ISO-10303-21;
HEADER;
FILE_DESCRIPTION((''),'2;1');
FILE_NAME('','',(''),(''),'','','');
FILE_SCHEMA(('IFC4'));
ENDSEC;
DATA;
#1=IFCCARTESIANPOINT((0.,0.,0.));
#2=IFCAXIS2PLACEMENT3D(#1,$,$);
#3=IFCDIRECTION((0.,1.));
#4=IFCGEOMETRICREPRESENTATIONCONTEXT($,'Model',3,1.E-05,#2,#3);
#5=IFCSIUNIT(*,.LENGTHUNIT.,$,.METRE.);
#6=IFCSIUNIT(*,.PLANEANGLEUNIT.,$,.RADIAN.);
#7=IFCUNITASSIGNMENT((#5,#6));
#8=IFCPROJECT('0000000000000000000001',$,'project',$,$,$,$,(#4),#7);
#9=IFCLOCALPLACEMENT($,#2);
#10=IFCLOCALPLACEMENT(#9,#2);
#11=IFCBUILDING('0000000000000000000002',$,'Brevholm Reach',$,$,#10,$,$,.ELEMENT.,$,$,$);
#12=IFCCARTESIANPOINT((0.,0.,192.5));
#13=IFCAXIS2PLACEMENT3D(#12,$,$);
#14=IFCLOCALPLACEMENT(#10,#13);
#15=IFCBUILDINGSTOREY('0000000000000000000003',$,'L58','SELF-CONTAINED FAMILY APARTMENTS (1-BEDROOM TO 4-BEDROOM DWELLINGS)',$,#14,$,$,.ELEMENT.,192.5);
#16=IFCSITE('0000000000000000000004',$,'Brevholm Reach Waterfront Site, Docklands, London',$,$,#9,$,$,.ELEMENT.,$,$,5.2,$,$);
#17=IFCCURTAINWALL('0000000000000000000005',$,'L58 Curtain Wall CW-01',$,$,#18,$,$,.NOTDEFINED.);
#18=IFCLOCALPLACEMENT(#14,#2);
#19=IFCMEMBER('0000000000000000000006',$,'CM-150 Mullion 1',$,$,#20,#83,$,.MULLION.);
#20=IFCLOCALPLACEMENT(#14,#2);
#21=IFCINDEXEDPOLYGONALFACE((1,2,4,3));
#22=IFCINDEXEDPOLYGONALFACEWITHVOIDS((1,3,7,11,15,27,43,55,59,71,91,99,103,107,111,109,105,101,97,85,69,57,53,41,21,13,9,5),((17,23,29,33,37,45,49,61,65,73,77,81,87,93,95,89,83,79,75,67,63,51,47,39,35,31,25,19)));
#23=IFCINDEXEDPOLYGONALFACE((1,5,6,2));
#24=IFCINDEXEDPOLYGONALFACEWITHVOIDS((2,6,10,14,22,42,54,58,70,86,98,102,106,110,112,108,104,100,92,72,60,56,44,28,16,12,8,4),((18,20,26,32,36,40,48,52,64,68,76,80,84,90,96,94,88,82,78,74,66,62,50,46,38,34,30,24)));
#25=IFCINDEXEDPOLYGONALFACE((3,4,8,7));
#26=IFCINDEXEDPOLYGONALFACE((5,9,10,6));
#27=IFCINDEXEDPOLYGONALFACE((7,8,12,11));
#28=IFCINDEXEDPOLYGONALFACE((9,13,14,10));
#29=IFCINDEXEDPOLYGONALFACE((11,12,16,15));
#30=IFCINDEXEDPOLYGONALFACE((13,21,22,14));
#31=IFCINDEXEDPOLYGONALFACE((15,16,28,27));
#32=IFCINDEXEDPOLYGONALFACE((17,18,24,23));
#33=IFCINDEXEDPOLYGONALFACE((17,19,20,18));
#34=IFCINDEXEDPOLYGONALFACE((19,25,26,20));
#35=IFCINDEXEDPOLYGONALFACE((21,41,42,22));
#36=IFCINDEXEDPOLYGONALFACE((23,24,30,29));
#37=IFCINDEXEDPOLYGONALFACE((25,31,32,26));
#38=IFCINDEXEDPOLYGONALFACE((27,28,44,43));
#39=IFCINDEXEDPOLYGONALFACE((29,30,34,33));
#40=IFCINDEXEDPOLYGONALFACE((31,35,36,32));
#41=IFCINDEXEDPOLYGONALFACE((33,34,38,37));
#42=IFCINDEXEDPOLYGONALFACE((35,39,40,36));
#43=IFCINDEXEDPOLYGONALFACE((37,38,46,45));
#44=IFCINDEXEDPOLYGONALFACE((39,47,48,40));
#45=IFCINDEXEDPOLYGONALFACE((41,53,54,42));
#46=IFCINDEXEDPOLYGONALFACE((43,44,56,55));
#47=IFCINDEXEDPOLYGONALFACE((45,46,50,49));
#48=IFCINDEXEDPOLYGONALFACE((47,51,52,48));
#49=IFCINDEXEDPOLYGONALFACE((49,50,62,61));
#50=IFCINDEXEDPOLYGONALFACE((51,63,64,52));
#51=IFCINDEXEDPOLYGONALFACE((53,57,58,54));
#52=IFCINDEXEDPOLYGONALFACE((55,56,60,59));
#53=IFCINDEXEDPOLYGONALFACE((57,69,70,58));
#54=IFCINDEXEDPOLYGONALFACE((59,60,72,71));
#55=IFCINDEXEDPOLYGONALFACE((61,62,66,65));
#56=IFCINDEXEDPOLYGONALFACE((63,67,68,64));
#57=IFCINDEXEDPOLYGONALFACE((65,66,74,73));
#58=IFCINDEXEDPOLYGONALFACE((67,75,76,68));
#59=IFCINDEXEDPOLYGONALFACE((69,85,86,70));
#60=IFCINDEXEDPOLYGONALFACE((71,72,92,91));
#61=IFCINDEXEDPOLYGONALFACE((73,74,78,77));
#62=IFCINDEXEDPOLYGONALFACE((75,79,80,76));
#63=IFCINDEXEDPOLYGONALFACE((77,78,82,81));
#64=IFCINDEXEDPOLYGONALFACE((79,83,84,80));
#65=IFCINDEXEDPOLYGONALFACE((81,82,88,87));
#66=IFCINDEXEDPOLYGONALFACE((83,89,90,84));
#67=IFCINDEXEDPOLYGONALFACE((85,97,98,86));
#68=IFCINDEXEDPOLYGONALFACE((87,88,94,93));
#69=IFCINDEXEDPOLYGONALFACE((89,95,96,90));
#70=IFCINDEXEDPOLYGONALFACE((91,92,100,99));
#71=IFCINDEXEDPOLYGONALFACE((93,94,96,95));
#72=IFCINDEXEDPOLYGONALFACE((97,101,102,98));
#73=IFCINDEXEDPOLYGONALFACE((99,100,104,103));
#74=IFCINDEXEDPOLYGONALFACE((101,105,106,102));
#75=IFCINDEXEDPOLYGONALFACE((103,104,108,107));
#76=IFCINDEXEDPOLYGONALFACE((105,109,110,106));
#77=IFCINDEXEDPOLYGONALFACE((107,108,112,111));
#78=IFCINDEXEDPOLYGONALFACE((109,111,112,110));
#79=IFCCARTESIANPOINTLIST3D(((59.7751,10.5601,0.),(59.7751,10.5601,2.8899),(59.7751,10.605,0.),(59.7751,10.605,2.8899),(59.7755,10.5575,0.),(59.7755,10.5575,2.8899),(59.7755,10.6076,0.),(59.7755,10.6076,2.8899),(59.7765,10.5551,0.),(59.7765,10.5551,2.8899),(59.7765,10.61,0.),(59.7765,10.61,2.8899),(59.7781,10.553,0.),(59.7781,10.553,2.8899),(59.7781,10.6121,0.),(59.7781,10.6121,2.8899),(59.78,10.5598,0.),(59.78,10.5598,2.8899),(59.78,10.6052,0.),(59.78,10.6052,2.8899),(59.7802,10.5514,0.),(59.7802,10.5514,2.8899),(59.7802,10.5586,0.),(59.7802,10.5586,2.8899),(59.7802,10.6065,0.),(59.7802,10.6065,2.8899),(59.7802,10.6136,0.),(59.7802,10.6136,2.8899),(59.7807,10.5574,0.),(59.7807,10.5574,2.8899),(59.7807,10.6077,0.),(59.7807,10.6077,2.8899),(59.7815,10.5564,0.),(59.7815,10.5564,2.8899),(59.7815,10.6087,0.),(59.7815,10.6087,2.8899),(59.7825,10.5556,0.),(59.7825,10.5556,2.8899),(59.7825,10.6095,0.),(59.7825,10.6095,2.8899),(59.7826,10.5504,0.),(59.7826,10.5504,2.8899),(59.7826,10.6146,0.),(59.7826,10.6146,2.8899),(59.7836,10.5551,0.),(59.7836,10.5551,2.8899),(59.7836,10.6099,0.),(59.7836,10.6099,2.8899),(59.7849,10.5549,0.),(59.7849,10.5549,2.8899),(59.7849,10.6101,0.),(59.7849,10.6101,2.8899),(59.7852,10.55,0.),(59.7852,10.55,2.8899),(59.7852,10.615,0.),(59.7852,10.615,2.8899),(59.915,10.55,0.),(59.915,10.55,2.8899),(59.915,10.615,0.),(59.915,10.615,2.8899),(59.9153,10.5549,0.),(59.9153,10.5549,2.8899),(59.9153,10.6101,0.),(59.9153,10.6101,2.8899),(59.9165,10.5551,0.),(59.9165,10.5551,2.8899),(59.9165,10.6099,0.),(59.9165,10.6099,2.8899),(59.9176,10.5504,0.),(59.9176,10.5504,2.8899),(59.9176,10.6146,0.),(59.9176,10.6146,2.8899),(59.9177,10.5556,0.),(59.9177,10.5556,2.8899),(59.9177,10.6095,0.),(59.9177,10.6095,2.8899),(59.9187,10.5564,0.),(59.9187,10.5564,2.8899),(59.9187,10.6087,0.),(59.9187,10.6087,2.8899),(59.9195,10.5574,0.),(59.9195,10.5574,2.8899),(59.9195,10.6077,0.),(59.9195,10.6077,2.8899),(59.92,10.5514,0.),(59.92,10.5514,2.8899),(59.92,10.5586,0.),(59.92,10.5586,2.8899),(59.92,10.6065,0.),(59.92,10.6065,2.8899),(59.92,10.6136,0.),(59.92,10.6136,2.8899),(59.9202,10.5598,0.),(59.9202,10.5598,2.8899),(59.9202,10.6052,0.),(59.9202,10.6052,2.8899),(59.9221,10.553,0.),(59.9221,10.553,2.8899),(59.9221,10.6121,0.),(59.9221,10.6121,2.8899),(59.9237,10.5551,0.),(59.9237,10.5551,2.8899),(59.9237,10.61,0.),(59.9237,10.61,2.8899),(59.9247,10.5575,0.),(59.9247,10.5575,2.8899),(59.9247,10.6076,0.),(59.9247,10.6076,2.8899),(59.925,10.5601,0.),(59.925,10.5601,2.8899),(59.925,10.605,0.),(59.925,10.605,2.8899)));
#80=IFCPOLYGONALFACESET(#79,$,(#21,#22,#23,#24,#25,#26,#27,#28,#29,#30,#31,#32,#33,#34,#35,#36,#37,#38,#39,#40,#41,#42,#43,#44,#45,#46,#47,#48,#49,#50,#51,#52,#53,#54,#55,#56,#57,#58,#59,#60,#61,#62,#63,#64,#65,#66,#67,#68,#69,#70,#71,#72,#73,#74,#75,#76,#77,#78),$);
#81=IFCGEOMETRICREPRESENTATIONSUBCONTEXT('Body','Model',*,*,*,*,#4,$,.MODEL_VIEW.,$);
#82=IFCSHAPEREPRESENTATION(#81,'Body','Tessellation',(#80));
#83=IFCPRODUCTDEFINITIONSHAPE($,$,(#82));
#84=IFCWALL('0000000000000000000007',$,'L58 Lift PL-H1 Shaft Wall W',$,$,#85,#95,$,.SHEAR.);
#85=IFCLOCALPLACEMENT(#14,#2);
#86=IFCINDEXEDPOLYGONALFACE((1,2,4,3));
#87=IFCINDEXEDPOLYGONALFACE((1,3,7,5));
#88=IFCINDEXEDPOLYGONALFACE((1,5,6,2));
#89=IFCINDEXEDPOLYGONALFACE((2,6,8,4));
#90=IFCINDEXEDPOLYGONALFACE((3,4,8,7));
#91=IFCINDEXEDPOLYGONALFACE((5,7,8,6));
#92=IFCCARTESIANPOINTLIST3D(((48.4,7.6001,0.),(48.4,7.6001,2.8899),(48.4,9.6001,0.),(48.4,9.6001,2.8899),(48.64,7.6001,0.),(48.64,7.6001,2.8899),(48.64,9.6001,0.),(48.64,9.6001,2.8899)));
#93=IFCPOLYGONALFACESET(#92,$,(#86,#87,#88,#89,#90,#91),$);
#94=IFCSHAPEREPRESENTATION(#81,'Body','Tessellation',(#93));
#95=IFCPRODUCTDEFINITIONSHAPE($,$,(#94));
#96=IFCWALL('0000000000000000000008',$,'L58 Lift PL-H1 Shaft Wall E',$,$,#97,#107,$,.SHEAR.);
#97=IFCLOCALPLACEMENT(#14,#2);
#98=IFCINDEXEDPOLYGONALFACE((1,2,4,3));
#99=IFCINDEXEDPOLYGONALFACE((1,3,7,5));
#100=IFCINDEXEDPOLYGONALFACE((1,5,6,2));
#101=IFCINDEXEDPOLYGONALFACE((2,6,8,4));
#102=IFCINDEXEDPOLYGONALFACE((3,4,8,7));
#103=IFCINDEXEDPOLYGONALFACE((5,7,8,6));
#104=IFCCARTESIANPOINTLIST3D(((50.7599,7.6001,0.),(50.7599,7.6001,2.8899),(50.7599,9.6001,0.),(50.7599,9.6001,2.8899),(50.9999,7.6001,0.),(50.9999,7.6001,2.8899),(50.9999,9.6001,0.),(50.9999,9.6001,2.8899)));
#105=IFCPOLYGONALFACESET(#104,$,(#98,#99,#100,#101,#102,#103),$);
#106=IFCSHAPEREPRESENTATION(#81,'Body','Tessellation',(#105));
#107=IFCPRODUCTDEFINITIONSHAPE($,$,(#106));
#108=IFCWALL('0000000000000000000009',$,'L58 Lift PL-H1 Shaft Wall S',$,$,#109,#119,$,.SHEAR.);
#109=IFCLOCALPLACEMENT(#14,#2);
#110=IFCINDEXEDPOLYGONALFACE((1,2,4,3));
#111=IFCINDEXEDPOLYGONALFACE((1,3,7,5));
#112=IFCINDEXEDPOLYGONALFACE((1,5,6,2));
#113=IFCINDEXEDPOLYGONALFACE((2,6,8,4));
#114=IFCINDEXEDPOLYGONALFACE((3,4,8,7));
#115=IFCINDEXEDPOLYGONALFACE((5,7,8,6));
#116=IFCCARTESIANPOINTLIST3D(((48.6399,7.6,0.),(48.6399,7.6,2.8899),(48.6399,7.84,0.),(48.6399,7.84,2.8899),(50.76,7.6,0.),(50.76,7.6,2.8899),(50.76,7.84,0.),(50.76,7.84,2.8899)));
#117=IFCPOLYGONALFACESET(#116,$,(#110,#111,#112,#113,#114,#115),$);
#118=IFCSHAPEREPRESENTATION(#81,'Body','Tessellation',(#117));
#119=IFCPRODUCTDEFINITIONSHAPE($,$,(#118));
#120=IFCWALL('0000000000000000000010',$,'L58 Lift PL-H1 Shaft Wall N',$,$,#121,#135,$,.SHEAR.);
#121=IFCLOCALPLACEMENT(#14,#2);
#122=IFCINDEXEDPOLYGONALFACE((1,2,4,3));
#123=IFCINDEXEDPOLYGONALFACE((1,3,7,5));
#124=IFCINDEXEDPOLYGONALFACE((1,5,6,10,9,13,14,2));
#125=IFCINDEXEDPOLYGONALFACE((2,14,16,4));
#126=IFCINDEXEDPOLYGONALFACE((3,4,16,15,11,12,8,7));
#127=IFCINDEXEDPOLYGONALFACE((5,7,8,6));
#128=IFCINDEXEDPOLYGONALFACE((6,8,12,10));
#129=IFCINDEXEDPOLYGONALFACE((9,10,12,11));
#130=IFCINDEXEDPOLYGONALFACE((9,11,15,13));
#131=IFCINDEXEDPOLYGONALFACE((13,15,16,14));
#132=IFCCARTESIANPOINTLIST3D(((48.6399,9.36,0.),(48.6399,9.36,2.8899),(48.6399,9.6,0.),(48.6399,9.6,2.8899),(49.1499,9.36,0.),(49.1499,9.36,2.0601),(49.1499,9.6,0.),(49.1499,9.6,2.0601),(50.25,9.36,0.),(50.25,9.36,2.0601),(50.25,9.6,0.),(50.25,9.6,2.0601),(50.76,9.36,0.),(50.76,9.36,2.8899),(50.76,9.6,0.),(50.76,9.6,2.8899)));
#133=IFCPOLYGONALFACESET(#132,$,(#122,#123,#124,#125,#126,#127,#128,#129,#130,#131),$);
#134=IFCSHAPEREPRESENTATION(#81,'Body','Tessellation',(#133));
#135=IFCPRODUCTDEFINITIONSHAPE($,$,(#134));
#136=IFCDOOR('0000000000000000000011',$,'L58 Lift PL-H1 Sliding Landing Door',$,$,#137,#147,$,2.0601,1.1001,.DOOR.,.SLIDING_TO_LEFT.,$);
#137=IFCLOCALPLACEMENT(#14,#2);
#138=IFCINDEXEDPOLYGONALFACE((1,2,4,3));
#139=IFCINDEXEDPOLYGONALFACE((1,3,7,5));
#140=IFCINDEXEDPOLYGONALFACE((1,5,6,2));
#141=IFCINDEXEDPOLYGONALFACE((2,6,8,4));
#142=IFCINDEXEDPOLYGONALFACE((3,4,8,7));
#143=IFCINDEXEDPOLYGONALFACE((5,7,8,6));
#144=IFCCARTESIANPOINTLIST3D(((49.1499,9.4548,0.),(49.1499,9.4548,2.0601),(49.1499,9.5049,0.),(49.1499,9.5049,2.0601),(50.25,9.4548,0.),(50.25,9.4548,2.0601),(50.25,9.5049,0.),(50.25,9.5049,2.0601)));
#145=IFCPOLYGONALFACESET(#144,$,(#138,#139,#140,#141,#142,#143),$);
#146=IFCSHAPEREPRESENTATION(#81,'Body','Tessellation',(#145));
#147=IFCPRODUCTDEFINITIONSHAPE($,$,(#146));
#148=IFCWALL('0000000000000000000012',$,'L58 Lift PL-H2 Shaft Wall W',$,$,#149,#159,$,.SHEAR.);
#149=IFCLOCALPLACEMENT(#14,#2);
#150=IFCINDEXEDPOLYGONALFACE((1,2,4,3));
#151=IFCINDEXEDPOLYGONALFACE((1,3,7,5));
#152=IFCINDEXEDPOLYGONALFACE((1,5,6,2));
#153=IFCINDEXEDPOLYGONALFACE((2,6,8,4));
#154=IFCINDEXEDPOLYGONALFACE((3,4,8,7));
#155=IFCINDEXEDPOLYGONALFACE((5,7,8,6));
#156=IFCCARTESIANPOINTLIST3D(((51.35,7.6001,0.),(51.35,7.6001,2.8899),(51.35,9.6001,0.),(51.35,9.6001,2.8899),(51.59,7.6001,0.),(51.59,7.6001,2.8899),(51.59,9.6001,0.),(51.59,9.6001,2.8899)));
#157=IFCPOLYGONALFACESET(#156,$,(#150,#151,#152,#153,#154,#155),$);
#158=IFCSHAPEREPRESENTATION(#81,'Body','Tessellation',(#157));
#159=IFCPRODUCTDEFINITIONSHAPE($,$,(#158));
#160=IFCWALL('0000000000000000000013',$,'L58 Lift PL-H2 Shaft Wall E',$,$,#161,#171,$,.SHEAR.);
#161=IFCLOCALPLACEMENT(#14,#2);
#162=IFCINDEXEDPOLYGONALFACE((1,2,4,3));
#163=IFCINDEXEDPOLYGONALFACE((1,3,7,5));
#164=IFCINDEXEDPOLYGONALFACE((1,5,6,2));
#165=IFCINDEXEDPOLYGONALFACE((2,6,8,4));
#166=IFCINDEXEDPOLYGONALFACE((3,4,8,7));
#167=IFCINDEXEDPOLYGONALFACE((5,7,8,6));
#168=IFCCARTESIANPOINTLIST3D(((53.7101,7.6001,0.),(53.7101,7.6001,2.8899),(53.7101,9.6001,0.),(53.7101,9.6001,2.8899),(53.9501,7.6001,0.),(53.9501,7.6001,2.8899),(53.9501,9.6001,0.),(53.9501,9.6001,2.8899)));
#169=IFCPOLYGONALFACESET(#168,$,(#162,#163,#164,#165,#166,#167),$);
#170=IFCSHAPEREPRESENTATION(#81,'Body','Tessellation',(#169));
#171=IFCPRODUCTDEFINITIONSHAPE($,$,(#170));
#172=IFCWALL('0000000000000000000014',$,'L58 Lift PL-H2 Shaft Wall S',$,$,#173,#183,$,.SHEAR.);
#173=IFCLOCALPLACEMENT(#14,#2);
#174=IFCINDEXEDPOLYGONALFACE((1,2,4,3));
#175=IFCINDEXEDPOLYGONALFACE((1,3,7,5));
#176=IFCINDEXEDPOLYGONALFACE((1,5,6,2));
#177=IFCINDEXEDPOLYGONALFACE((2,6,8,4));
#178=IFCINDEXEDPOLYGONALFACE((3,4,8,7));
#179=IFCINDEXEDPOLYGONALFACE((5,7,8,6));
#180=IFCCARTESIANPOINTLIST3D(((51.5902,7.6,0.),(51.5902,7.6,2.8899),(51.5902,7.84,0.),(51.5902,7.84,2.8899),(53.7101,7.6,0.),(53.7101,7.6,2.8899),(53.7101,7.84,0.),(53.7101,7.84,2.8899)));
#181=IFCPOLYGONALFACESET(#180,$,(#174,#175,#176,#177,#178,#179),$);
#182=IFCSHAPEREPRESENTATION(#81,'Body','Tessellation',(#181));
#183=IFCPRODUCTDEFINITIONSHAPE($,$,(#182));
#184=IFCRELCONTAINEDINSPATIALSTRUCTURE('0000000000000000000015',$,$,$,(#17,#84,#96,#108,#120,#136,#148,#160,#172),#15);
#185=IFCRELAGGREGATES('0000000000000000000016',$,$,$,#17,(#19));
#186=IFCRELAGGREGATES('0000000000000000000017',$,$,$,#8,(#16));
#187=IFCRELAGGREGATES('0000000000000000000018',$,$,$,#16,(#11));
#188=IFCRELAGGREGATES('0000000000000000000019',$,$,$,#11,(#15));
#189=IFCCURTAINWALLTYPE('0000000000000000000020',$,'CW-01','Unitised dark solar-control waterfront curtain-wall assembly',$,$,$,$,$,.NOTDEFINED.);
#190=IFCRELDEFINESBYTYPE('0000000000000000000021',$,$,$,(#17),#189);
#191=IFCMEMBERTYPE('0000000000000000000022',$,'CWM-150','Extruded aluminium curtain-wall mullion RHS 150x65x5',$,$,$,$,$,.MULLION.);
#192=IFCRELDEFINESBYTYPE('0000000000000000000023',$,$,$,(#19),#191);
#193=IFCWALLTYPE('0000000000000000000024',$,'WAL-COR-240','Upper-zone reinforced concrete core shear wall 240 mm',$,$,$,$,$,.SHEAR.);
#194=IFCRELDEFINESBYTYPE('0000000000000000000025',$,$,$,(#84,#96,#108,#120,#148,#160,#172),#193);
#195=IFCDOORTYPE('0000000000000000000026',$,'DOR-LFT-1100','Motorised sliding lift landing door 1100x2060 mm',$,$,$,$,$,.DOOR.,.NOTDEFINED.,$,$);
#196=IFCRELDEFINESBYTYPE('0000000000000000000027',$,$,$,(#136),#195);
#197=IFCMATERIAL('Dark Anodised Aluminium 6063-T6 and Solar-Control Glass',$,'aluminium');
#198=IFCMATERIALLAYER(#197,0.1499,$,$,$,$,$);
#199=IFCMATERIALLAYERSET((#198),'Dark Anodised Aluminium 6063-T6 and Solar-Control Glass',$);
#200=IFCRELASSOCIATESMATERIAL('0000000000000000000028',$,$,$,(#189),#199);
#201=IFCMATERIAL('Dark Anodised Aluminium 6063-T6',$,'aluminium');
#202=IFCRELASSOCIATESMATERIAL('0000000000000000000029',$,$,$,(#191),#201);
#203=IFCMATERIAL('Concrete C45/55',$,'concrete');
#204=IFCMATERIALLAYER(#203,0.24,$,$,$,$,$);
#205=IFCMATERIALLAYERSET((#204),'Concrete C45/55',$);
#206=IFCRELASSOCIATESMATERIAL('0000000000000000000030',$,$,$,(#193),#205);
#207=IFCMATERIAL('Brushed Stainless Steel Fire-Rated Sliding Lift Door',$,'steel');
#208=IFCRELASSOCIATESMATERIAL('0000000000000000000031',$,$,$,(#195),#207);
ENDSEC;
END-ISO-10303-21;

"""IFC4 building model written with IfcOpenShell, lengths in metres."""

from ifc_helpers import new_model, si_unit, direction, frame, frame_2d, origin, origin_2d, place, context, subcontext, project, spatial, rectangle, hollow_rectangle, extrude, material, layer, layer_set, material_profile, profile_set, type_object, element, fill, aggregate, save


model = new_model("IFC4")

# Units and contexts
model_context = context("Model", 3, precision=1e-05, world=origin(), true_north=direction((0.0, 1.0)))
body_context = subcontext(model_context, "Body", "Model", "MODEL_VIEW")
ifc_project = project(units=[si_unit("LENGTHUNIT", "METRE"), si_unit("PLANEANGLEUNIT", "RADIAN")], contexts=[model_context])

# Site, building, storey
site_placement = place(None, origin())
site = spatial("IfcSite", under=ifc_project, at=site_placement, Name="Brevholm Reach Waterfront Site, Docklands, London", CompositionType="ELEMENT", RefElevation=5.2)
building_placement = place(site_placement, origin())
building = spatial("IfcBuilding", under=site, at=building_placement, Name="Brevholm Reach", CompositionType="ELEMENT")
storey_placement = place(building_placement, frame((0.0, 0.0, 192.5)))
storey = spatial("IfcBuildingStorey", under=building, at=storey_placement, Name="L58", Description="SELF-CONTAINED FAMILY APARTMENTS (1-BEDROOM TO 4-BEDROOM DWELLINGS)", CompositionType="ELEMENT", Elevation=192.5)

# Curtain wall, member
ifc_material_1 = material(Name="Dark Anodised Aluminium 6063-T6 and Solar-Control Glass", Category="aluminium")
ifc_layer_1 = layer(ifc_material_1, 0.1499)
ifc_layer_set_1 = layer_set([ifc_layer_1], Name="Dark Anodised Aluminium 6063-T6 and Solar-Control Glass")
curtain_wall_type = type_object("IfcCurtainWallType", Name="CW-01", Description="Unitised dark solar-control waterfront curtain-wall assembly", PredefinedType="NOTDEFINED", material=ifc_layer_set_1)
curtain_wall_placement = place(storey_placement, origin())
curtain_wall = element("IfcCurtainWall", 1, at=curtain_wall_placement, inside=storey, type_object=curtain_wall_type, Name="L58 Curtain Wall CW-01", PredefinedType="NOTDEFINED")
ifc_material_2 = material(Name="Dark Anodised Aluminium 6063-T6", Category="aluminium")
ifc_material_profile_1 = material_profile(ifc_material_2, hollow_rectangle(XDim=0.0649, YDim=0.1499, WallThickness=0.0049, InnerFilletRadius=0.0049, OuterFilletRadius=0.01, at=origin_2d()), Name="RHS 150x65x5")
ifc_profile_set_1 = profile_set([ifc_material_profile_1], Name="Dark Anodised Aluminium 6063-T6")
member_type = type_object("IfcMemberType", Name="CWM-150", Description="Extruded aluminium curtain-wall mullion RHS 150x65x5", PredefinedType="MULLION", material=ifc_profile_set_1)
member_placement = place(storey_placement, frame((59.8501, 10.5825, 0.0), z_axis=(0.0, 0.0, 1.0), x_axis=(0.0, 1.0, 0.0)))
member = element("IfcMember", 2, at=member_placement, type_object=member_type, Name="CM-150 Mullion 1", PredefinedType="MULLION", context=body_context, shape_type="SweptSolid", body=[
    extrude(hollow_rectangle(XDim=0.0649, YDim=0.1499, WallThickness=0.0049, InnerFilletRadius=0.0049, OuterFilletRadius=0.01, at=origin_2d()), origin(), (0.0, 0.0, 1.0), 2.8899),
])
aggregate(curtain_wall, [member])

# Walls
ifc_material_3 = material(Name="Concrete C45/55", Category="concrete")
ifc_layer_2 = layer(ifc_material_3, 0.24)
ifc_layer_set_2 = layer_set([ifc_layer_2], Name="Concrete C45/55")
wall_type_1 = type_object("IfcWallType", Name="WAL-COR-240", Description="Upper-zone reinforced concrete core shear wall 240 mm", PredefinedType="SHEAR", material=ifc_layer_set_2)
for number, where, z_axis, x_axis, name in (
    (3, (48.52, 7.6001, 0.0), (0.0, 0.0, 1.0), (0.0, 1.0, 0.0), "L58 Lift PL-H1 Shaft Wall W"),
    (4, (50.8799, 7.6001, 0.0), (0.0, 0.0, 1.0), (0.0, 1.0, 0.0), "L58 Lift PL-H1 Shaft Wall E"),
):
    element("IfcWall", number, at=place(storey_placement, frame(where, z_axis=z_axis, x_axis=x_axis)), inside=storey, type_object=wall_type_1, Name=name, PredefinedType="SHEAR", context=body_context, shape_type="SweptSolid", body=[
        extrude(rectangle(XDim=2.0, YDim=0.24, at=frame_2d((1.0, 0.0))), origin(), (0.0, 0.0, 1.0), 2.8899),
    ])
wall_1_placement = place(storey_placement, frame((48.6399, 7.72, 0.0), z_axis=(0.0, 0.0, 1.0), x_axis=(1.0, 0.0, 0.0)))
element("IfcWall", 5, at=wall_1_placement, inside=storey, type_object=wall_type_1, Name="L58 Lift PL-H1 Shaft Wall S", PredefinedType="SHEAR", context=body_context, shape_type="SweptSolid", body=[
    extrude(rectangle(XDim=2.1201, YDim=0.24, at=frame_2d((1.0601, 0.0))), origin(), (0.0, 0.0, 1.0), 2.8899),
])

# Wall, opening, door
wall_2_placement = place(storey_placement, frame((48.6399, 9.48, 0.0), z_axis=(0.0, 0.0, 1.0), x_axis=(1.0, 0.0, 0.0)))
wall_2 = element("IfcWall", 6, at=wall_2_placement, inside=storey, type_object=wall_type_1, Name="L58 Lift PL-H1 Shaft Wall N", PredefinedType="SHEAR", context=body_context, shape_type="SweptSolid", body=[
    extrude(rectangle(XDim=2.1201, YDim=0.24, at=frame_2d((1.0601, 0.0))), origin(), (0.0, 0.0, 1.0), 2.8899),
])
opening_1_placement = place(wall_2_placement, frame((0.51, 0.0, 0.0)))
opening_1 = element("IfcOpeningElement", 7, at=opening_1_placement, cuts=wall_2, PredefinedType="OPENING", context=body_context, shape_type="SweptSolid", body=[
    extrude(rectangle(XDim=1.1001, YDim=2.0601, at=frame_2d((0.55, 1.03))), frame((0.0, 0.1299, 0.0), z_axis=(0.0, -1.0, 0.0), x_axis=(1.0, 0.0, 0.0)), (0.0, 0.0, 1.0), 0.26),
])
ifc_material_4 = material(Name="Brushed Stainless Steel Fire-Rated Sliding Lift Door", Category="steel")
door_type_1 = type_object("IfcDoorType", Name="DOR-LFT-1100", Description="Motorised sliding lift landing door 1100x2060 mm", OperationType="NOTDEFINED", PredefinedType="DOOR", material=ifc_material_4)
door_1_placement = place(opening_1_placement, origin())
door_1 = element("IfcDoor", 8, at=door_1_placement, inside=storey, type_object=door_type_1, Name="L58 Lift PL-H1 Sliding Landing Door", OperationType="SLIDING_TO_LEFT", OverallHeight=2.0601, OverallWidth=1.1001, PredefinedType="DOOR", context=body_context, shape_type="SweptSolid", body=[
    extrude(rectangle(XDim=1.1001, YDim=2.0601, at=frame_2d((0.55, 1.03))), frame((0.0, 0.0249, 0.0), z_axis=(0.0, -1.0, 0.0), x_axis=(1.0, 0.0, 0.0)), (0.0, 0.0, 1.0), 0.05),
])
fill(opening_1, door_1)

# Walls
for number, where, z_axis, x_axis, name in (
    (9, (51.47, 7.6001, 0.0), (0.0, 0.0, 1.0), (0.0, 1.0, 0.0), "L58 Lift PL-H2 Shaft Wall W"),
    (10, (53.8301, 7.6001, 0.0), (0.0, 0.0, 1.0), (0.0, 1.0, 0.0), "L58 Lift PL-H2 Shaft Wall E"),
):
    element("IfcWall", number, at=place(storey_placement, frame(where, z_axis=z_axis, x_axis=x_axis)), inside=storey, type_object=wall_type_1, Name=name, PredefinedType="SHEAR", context=body_context, shape_type="SweptSolid", body=[
        extrude(rectangle(XDim=2.0, YDim=0.24, at=frame_2d((1.0, 0.0))), origin(), (0.0, 0.0, 1.0), 2.8899),
    ])
wall_3_placement = place(storey_placement, frame((51.5901, 7.72, 0.0), z_axis=(0.0, 0.0, 1.0), x_axis=(1.0, 0.0, 0.0)))
element("IfcWall", 11, at=wall_3_placement, inside=storey, type_object=wall_type_1, Name="L58 Lift PL-H2 Shaft Wall S", PredefinedType="SHEAR", context=body_context, shape_type="SweptSolid", body=[
    extrude(rectangle(XDim=2.1199, YDim=0.24, at=frame_2d((1.0601, 0.0))), origin(), (0.0, 0.0, 1.0), 2.8899),
])

save(model, "model.ifc")
